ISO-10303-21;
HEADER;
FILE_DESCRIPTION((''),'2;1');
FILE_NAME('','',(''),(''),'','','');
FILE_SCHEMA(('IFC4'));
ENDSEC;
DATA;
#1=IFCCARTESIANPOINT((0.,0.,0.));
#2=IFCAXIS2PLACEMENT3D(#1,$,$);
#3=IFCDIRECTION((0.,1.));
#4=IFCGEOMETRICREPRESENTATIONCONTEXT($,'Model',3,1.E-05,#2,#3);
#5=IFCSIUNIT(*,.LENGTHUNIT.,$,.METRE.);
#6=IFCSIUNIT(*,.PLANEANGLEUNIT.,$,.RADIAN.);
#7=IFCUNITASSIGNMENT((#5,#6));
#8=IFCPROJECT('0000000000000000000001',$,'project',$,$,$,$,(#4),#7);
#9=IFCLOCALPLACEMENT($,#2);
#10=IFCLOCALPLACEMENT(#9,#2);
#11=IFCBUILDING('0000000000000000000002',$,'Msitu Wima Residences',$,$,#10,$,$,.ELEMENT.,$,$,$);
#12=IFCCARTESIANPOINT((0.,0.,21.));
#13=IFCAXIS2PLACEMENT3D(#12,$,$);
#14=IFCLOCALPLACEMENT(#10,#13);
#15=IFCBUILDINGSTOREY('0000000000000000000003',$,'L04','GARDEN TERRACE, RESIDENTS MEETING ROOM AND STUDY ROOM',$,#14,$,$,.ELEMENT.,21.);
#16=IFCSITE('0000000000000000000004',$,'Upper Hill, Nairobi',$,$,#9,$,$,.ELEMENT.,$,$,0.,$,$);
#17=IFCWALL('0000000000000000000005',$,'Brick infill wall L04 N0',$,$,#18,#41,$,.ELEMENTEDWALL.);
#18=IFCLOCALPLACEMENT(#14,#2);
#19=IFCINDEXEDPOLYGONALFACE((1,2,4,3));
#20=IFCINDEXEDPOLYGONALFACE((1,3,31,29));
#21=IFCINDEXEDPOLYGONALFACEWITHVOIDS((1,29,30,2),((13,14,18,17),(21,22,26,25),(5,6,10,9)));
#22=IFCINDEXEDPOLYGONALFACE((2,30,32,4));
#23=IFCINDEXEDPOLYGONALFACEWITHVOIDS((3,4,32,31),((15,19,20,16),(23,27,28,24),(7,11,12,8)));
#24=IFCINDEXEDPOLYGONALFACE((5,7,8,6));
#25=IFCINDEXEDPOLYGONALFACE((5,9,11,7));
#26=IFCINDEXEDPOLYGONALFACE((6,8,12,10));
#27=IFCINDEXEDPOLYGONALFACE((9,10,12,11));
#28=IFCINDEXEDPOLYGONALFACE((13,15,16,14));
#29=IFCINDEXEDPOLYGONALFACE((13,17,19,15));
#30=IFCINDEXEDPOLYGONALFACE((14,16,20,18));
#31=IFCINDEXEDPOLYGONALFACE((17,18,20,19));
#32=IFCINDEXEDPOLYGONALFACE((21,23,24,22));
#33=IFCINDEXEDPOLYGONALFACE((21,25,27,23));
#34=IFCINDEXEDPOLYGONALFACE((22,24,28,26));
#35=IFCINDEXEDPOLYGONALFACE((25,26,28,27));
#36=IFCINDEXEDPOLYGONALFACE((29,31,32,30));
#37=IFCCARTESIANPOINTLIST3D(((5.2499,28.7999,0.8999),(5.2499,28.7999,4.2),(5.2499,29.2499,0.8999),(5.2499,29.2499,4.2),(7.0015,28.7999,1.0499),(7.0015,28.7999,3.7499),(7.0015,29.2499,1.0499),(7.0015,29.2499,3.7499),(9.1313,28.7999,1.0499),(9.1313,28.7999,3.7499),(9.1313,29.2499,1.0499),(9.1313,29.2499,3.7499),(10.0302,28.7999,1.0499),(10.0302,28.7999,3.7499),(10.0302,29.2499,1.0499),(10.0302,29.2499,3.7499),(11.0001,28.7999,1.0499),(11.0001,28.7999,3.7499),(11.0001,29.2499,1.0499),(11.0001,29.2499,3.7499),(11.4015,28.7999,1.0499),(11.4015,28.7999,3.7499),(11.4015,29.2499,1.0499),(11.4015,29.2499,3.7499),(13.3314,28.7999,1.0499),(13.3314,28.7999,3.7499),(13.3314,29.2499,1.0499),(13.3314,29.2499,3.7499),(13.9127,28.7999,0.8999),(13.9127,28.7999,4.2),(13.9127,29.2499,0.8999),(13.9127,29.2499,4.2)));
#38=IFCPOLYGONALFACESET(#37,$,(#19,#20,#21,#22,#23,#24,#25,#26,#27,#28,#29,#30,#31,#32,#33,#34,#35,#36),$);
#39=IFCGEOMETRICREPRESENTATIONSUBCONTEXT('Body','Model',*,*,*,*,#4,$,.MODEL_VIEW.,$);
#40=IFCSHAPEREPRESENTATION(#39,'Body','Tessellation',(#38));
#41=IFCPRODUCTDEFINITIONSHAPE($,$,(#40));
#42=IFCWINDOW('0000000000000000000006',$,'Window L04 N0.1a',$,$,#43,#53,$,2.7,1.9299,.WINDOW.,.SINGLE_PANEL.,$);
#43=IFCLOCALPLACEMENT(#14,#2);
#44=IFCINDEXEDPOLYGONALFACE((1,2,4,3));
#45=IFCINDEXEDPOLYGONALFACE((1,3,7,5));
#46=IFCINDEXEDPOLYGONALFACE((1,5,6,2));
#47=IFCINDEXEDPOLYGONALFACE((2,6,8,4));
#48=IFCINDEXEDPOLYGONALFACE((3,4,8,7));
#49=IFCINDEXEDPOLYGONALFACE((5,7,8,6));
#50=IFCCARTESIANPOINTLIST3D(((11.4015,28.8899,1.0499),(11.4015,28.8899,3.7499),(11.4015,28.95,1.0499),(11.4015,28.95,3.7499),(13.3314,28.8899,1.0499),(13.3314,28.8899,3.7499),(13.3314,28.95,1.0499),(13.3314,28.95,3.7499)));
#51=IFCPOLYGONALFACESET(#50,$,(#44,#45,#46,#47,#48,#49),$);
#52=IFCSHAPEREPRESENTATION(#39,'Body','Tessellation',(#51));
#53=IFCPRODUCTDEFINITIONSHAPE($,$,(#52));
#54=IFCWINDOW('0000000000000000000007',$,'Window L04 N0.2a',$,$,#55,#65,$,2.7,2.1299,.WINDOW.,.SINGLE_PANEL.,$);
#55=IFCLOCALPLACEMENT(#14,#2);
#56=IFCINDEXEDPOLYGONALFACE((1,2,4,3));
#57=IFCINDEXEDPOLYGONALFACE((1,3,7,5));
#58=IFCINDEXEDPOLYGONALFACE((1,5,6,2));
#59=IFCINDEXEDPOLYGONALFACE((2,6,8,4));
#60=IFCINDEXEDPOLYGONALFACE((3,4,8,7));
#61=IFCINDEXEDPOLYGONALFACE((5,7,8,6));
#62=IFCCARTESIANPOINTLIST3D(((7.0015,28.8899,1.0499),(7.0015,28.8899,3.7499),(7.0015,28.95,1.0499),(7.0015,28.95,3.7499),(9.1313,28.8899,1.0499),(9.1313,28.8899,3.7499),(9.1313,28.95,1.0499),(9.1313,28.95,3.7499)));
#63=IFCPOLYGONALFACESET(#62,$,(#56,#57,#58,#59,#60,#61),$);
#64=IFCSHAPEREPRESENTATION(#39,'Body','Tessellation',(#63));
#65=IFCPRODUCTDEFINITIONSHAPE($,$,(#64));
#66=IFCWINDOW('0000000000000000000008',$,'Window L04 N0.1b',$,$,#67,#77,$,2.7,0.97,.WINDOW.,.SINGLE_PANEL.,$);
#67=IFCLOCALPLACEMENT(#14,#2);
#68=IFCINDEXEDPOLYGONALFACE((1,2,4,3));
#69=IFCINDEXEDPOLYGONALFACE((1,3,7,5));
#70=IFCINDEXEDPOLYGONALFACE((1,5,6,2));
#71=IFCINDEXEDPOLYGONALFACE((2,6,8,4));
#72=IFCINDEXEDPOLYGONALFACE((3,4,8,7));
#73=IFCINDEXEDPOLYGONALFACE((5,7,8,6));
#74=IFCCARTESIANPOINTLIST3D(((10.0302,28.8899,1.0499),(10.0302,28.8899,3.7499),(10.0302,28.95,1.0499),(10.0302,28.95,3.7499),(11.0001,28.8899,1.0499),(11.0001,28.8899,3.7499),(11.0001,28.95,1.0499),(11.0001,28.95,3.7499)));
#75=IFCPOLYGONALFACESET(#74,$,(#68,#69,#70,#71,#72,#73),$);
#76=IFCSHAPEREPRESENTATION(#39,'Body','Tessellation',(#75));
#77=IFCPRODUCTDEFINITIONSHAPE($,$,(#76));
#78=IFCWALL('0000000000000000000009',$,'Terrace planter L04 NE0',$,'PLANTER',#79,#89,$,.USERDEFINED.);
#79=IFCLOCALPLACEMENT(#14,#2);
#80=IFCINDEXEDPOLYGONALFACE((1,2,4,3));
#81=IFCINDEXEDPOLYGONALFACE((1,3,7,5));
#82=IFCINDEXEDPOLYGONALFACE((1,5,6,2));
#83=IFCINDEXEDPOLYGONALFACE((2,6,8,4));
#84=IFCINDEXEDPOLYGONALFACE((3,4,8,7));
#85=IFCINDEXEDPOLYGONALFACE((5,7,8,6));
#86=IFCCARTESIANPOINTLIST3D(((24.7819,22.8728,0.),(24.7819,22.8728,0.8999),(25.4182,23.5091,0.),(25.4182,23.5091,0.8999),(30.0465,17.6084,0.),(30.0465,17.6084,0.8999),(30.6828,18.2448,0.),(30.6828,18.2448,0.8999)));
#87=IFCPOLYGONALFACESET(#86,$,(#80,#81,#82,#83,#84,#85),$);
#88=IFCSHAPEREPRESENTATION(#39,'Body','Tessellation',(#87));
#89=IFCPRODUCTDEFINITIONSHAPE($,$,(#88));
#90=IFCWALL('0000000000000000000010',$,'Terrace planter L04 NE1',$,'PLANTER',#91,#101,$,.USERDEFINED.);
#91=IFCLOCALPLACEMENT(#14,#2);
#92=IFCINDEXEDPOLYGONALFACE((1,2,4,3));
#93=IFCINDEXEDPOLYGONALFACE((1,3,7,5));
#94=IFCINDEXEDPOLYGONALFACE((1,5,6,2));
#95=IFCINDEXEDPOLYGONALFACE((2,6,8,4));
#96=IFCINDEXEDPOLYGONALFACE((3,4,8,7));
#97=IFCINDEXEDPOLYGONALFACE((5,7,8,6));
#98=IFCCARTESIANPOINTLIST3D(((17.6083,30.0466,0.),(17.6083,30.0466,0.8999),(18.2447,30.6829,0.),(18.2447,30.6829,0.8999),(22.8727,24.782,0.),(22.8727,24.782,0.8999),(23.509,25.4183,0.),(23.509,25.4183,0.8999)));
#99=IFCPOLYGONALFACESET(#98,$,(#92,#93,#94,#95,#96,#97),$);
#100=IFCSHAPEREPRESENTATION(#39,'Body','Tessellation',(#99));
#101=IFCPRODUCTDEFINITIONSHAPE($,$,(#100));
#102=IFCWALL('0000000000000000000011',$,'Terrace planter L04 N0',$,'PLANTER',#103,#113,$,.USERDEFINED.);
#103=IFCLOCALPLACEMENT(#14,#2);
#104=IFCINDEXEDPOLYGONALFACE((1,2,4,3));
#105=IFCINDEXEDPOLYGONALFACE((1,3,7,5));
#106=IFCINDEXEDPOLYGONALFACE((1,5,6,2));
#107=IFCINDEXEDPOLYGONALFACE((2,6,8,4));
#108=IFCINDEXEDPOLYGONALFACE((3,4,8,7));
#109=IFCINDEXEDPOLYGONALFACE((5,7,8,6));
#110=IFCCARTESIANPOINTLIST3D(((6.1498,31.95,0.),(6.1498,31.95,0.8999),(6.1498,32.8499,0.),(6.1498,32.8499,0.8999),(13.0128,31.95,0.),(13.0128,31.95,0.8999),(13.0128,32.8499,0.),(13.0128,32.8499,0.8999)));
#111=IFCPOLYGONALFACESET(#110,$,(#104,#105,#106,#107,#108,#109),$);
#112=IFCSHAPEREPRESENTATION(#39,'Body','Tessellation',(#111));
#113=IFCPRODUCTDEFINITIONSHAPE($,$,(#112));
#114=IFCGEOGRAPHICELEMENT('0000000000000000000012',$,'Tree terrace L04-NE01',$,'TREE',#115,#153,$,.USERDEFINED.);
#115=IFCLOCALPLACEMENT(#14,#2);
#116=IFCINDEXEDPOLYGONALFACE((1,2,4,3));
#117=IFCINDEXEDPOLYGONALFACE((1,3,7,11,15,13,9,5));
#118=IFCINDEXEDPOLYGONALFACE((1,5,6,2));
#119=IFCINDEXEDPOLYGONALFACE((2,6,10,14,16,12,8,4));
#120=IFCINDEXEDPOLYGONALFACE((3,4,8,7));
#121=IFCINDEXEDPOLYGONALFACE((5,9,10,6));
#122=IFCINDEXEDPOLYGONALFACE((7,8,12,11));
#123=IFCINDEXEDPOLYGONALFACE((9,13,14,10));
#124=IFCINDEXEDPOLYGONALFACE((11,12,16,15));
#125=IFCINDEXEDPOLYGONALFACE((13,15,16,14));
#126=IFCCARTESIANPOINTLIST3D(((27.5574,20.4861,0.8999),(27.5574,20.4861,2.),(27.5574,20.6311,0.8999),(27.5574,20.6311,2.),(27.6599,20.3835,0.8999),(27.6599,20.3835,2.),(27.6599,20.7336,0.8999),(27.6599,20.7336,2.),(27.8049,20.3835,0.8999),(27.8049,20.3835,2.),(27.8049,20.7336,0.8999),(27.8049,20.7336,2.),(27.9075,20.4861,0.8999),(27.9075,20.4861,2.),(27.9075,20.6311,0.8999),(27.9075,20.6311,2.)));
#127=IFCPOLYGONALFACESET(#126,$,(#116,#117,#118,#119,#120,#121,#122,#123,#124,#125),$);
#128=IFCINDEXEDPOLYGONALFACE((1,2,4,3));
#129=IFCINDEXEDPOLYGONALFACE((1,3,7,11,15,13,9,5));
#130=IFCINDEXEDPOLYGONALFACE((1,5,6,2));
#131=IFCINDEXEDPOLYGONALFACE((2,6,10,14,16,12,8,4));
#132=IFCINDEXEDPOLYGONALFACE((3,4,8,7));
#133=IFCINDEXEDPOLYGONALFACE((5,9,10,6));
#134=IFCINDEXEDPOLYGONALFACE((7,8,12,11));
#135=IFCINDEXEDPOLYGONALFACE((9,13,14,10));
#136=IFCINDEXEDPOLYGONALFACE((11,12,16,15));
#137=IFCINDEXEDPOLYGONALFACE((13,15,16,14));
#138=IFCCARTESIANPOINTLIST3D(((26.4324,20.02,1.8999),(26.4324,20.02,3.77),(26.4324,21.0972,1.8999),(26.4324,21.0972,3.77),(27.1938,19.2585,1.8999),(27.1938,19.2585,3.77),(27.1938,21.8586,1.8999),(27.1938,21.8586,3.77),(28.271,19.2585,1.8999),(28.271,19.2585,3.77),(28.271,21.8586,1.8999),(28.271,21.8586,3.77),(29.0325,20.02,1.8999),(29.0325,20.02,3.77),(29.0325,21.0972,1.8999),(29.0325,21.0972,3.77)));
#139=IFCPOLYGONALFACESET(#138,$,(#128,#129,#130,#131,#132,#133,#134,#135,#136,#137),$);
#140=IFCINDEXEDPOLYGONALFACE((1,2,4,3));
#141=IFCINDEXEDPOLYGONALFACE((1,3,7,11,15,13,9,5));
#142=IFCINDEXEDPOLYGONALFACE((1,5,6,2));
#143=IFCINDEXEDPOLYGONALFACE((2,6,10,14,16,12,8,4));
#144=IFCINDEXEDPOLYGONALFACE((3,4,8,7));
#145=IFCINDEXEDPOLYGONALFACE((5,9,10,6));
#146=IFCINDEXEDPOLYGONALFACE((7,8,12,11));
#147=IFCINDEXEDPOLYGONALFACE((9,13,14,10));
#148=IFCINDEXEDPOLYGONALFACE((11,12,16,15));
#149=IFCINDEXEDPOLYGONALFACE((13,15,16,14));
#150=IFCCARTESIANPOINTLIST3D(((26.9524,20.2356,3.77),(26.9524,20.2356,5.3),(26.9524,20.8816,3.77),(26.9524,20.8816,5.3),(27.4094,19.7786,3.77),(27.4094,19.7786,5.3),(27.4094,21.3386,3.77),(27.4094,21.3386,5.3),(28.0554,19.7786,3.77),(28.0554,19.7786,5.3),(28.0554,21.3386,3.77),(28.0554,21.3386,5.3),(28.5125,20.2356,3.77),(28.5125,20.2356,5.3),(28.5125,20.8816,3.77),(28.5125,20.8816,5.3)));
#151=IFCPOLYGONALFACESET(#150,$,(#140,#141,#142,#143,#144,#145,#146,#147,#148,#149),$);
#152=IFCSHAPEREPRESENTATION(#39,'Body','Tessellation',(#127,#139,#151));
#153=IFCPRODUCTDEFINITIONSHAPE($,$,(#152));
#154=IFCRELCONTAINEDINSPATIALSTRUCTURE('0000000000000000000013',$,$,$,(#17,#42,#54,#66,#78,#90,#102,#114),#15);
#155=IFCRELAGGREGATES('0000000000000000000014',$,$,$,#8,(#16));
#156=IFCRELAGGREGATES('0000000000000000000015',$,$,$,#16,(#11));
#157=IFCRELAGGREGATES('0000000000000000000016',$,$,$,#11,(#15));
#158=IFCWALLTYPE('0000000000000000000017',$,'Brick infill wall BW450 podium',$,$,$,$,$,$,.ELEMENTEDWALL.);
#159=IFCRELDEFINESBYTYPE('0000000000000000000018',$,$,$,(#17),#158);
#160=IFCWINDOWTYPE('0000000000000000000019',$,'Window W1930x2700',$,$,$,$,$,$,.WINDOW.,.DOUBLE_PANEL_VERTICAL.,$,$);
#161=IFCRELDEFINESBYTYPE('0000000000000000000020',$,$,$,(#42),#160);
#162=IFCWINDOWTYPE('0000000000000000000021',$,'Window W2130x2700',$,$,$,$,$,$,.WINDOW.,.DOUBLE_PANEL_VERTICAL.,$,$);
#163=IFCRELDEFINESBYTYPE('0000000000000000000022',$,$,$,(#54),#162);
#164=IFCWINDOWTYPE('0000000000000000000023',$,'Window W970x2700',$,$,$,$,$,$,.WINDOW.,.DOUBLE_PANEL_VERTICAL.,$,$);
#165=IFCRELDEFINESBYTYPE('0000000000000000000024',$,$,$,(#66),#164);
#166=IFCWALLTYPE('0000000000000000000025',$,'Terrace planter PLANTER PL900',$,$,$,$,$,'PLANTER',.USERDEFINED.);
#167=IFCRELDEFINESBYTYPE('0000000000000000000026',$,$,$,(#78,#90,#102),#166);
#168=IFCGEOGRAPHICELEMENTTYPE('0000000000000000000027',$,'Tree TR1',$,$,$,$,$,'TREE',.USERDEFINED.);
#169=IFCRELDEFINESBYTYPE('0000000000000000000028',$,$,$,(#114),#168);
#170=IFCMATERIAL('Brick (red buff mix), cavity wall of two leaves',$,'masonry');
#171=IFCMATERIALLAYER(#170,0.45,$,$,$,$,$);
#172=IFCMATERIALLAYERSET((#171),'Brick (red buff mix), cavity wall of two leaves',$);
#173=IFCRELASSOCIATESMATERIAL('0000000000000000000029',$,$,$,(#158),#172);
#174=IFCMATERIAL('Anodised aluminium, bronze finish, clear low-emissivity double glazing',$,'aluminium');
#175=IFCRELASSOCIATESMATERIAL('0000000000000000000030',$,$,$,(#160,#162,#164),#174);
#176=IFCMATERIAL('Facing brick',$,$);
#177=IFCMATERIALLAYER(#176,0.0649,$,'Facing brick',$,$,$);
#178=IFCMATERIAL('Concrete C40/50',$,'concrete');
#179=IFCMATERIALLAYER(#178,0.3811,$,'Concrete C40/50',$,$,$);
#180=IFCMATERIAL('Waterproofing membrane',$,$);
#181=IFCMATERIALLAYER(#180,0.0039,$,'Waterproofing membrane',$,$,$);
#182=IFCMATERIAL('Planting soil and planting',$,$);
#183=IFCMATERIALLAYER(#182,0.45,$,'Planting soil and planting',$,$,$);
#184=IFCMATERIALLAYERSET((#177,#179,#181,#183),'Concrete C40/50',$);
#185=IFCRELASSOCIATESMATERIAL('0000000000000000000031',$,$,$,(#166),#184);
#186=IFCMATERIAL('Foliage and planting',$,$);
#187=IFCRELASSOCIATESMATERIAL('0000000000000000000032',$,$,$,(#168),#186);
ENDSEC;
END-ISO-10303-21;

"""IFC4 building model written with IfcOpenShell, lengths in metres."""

from ifc_helpers import new_model, si_unit, direction, frame, frame_2d, origin, place, context, subcontext, project, spatial, polyline, rectangle, outline, extrude, material, layer, layer_set, type_object, element, fill, save


model = new_model("IFC4")

# Units and contexts
model_context = context("Model", 3, precision=1e-05, world=origin(), true_north=direction((0.0, 1.0)))
body_context = subcontext(model_context, "Body", "Model", "MODEL_VIEW")
ifc_project = project(units=[si_unit("LENGTHUNIT", "METRE"), si_unit("PLANEANGLEUNIT", "RADIAN")], contexts=[model_context])

# Site, building, storey
site_placement = place(None, origin())
site = spatial("IfcSite", under=ifc_project, at=site_placement, Name="Upper Hill, Nairobi", CompositionType="ELEMENT", RefElevation=0.0)
building_placement = place(site_placement, origin())
building = spatial("IfcBuilding", under=site, at=building_placement, Name="Msitu Wima Residences", CompositionType="ELEMENT")
storey_placement = place(building_placement, frame((0.0, 0.0, 21.0)))
storey = spatial("IfcBuildingStorey", under=building, at=storey_placement, Name="L04", Description="GARDEN TERRACE, RESIDENTS MEETING ROOM AND STUDY ROOM", CompositionType="ELEMENT", Elevation=21.0)

# Shared definitions
ifc_material_1 = material(Name="Brick (red buff mix), cavity wall of two leaves", Category="masonry")
ifc_layer_1 = layer(ifc_material_1, 0.45)
ifc_layer_set_1 = layer_set([ifc_layer_1], Name="Brick (red buff mix), cavity wall of two leaves")
wall_type_1 = type_object("IfcWallType", Name="Brick infill wall BW450 podium", PredefinedType="ELEMENTEDWALL", material=ifc_layer_set_1)
ifc_material_2 = material(Name="Anodised aluminium, bronze finish, clear low-emissivity double glazing", Category="aluminium")

# Wall, openings, windows
wall_1_placement = place(storey_placement, frame((13.9128, 29.0249, 0.8999), z_axis=(0.0, 0.0, 1.0), x_axis=(-1.0, 0.0, 0.0)))
wall_1 = element("IfcWall", 1, at=wall_1_placement, inside=storey, type_object=wall_type_1, Name="Brick infill wall L04 N0", PredefinedType="ELEMENTEDWALL", context=body_context, shape_type="SweptSolid", body=[
    extrude(rectangle(XDim=8.6628, YDim=0.45, at=frame_2d((4.3315, 0.0))), origin(), (0.0, 0.0, 1.0), 3.3),
])
opening_1_placement = place(wall_1_placement, frame((0.5815, 0.0, 0.1499)))
opening_1 = element("IfcOpeningElement", 2, at=opening_1_placement, cuts=wall_1, PredefinedType="OPENING", context=body_context, shape_type="SweptSolid", body=[
    extrude(rectangle(XDim=1.9299, YDim=2.7, at=frame_2d((0.9648, 1.3501))), frame((0.0, 0.2349, 0.0), z_axis=(0.0, -1.0, 0.0), x_axis=(1.0, 0.0, 0.0)), (0.0, 0.0, 1.0), 0.47),
])
opening_2_placement = place(wall_1_placement, frame((2.9128, 0.0, 0.1499)))
opening_2 = element("IfcOpeningElement", 3, at=opening_2_placement, cuts=wall_1, PredefinedType="OPENING", context=body_context, shape_type="SweptSolid", body=[
    extrude(rectangle(XDim=0.97, YDim=2.7, at=frame_2d((0.4849, 1.3501))), frame((0.0, 0.2349, 0.0), z_axis=(0.0, -1.0, 0.0), x_axis=(1.0, 0.0, 0.0)), (0.0, 0.0, 1.0), 0.47),
])
opening_3_placement = place(wall_1_placement, frame((4.7815, 0.0, 0.1499)))
opening_3 = element("IfcOpeningElement", 4, at=opening_3_placement, cuts=wall_1, PredefinedType="OPENING", context=body_context, shape_type="SweptSolid", body=[
    extrude(rectangle(XDim=2.1299, YDim=2.7, at=frame_2d((1.0649, 1.3501))), frame((0.0, 0.2349, 0.0), z_axis=(0.0, -1.0, 0.0), x_axis=(1.0, 0.0, 0.0)), (0.0, 0.0, 1.0), 0.47),
])
window_type_1 = type_object("IfcWindowType", Name="Window W1930x2700", PartitioningType="DOUBLE_PANEL_VERTICAL", PredefinedType="WINDOW", material=ifc_material_2)
window_1_placement = place(opening_1_placement, origin())
window_1 = element("IfcWindow", 5, at=window_1_placement, inside=storey, type_object=window_type_1, Name="Window L04 N0.1a", OverallHeight=2.7, OverallWidth=1.9299, PartitioningType="SINGLE_PANEL", PredefinedType="WINDOW", context=body_context, shape_type="SweptSolid", body=[
    extrude(rectangle(XDim=1.9299, YDim=2.7, at=frame_2d((0.9648, 1.3501))), frame((0.0, 0.135, 0.0), z_axis=(0.0, -1.0, 0.0), x_axis=(1.0, 0.0, 0.0)), (0.0, 0.0, 1.0), 0.0601),
])
fill(opening_1, window_1)
window_type_2 = type_object("IfcWindowType", Name="Window W2130x2700", PartitioningType="DOUBLE_PANEL_VERTICAL", PredefinedType="WINDOW", material=ifc_material_2)
window_2_placement = place(opening_3_placement, origin())
window_2 = element("IfcWindow", 6, at=window_2_placement, inside=storey, type_object=window_type_2, Name="Window L04 N0.2a", OverallHeight=2.7, OverallWidth=2.1299, PartitioningType="SINGLE_PANEL", PredefinedType="WINDOW", context=body_context, shape_type="SweptSolid", body=[
    extrude(rectangle(XDim=2.1299, YDim=2.7, at=frame_2d((1.0649, 1.3501))), frame((0.0, 0.135, 0.0), z_axis=(0.0, -1.0, 0.0), x_axis=(1.0, 0.0, 0.0)), (0.0, 0.0, 1.0), 0.0601),
])
fill(opening_3, window_2)
window_type_3 = type_object("IfcWindowType", Name="Window W970x2700", PartitioningType="DOUBLE_PANEL_VERTICAL", PredefinedType="WINDOW", material=ifc_material_2)
window_3_placement = place(opening_2_placement, origin())
window_3 = element("IfcWindow", 7, at=window_3_placement, inside=storey, type_object=window_type_3, Name="Window L04 N0.1b", OverallHeight=2.7, OverallWidth=0.97, PartitioningType="SINGLE_PANEL", PredefinedType="WINDOW", context=body_context, shape_type="SweptSolid", body=[
    extrude(rectangle(XDim=0.97, YDim=2.7, at=frame_2d((0.4849, 1.3501))), frame((0.0, 0.135, 0.0), z_axis=(0.0, -1.0, 0.0), x_axis=(1.0, 0.0, 0.0)), (0.0, 0.0, 1.0), 0.0601),
])
fill(opening_2, window_3)

# Walls
ifc_material_3 = material(Name="Facing brick")
ifc_layer_2 = layer(ifc_material_3, 0.0649, Name="Facing brick")
ifc_material_4 = material(Name="Concrete C40/50", Category="concrete")
ifc_layer_3 = layer(ifc_material_4, 0.3811, Name="Concrete C40/50")
ifc_material_5 = material(Name="Waterproofing membrane")
ifc_layer_4 = layer(ifc_material_5, 0.0039, Name="Waterproofing membrane")
ifc_material_6 = material(Name="Planting soil and planting")
ifc_layer_5 = layer(ifc_material_6, 0.45, Name="Planting soil and planting")
ifc_layer_set_2 = layer_set([ifc_layer_2, ifc_layer_3, ifc_layer_4, ifc_layer_5], Name="Concrete C40/50")
wall_type_2 = type_object("IfcWallType", Name="Terrace planter PLANTER PL900", ElementType="PLANTER", PredefinedType="USERDEFINED", material=ifc_layer_set_2)
for number, where, z_axis, x_axis, name in (
    (8, (30.3647, 17.9265, 0.0), (0.0, 0.0, 1.0), (-0.707123, 0.70709, 0.0), "Terrace planter L04 NE0"),
    (9, (23.1909, 25.1001, 0.0), (0.0, 0.0, 1.0), (-0.70709, 0.707123, 0.0), "Terrace planter L04 NE1"),
):
    element("IfcWall", number, at=place(storey_placement, frame(where, z_axis=z_axis, x_axis=x_axis)), inside=storey, type_object=wall_type_2, Name=name, ObjectType="PLANTER", PredefinedType="USERDEFINED", context=body_context, shape_type="SweptSolid", body=[
        extrude(rectangle(XDim=7.4451, YDim=0.8999, at=frame_2d((3.7227, 0.0))), origin(), (0.0, 0.0, 1.0), 0.8999),
    ])
wall_2_placement = place(storey_placement, frame((13.0129, 32.3999, 0.0), z_axis=(0.0, 0.0, 1.0), x_axis=(-1.0, 0.0, 0.0)))
element("IfcWall", 10, at=wall_2_placement, inside=storey, type_object=wall_type_2, Name="Terrace planter L04 N0", ObjectType="PLANTER", PredefinedType="USERDEFINED", context=body_context, shape_type="SweptSolid", body=[
    extrude(rectangle(XDim=6.863, YDim=0.8999, at=frame_2d((3.4316, 0.0))), origin(), (0.0, 0.0, 1.0), 0.8999),
])

# Geographic element
ifc_material_7 = material(Name="Foliage and planting")
geographic_element_type = type_object("IfcGeographicElementType", Name="Tree TR1", ElementType="TREE", PredefinedType="USERDEFINED", material=ifc_material_7)
for number, where, z_axis, x_axis, name in (
    (11, (27.7324, 20.5586, 0.8999), (0.0, 0.0, 1.0), (1.0, 0.0, 0.0), "Tree terrace L04-NE01"),
):
    element("IfcGeographicElement", number, at=place(storey_placement, frame(where, z_axis=z_axis, x_axis=x_axis)), inside=storey, type_object=geographic_element_type, Name=name, ObjectType="TREE", PredefinedType="USERDEFINED", context=body_context, shape_type="SweptSolid", body=[
        extrude(outline(polyline([(0.175, 0.0725), (0.0725, 0.175), (-0.0725, 0.175), (-0.175, 0.0725), (-0.175, -0.0725), (-0.0725, -0.175), (0.0725, -0.175), (0.175, -0.0725), (0.175, 0.0725)])), origin(), (0.0, 0.0, 1.0), 1.1001),
        extrude(outline(polyline([(1.3, 0.5386), (0.5386, 1.3), (-0.5386, 1.3), (-1.3, 0.5386), (-1.3, -0.5386), (-0.5386, -1.3), (0.5386, -1.3), (1.3, -0.5386), (1.3, 0.5386)])), frame((0.0, 0.0, 1.0)), (0.0, 0.0, 1.0), 1.8701),
        extrude(outline(polyline([(0.78, 0.323), (0.323, 0.78), (-0.323, 0.78), (-0.78, 0.323), (-0.78, -0.323), (-0.323, -0.78), (0.323, -0.78), (0.78, -0.323), (0.78, 0.323)])), frame((0.0, 0.0, 2.8701)), (0.0, 0.0, 1.0), 1.53),
    ])

save(model, "model.ifc")
